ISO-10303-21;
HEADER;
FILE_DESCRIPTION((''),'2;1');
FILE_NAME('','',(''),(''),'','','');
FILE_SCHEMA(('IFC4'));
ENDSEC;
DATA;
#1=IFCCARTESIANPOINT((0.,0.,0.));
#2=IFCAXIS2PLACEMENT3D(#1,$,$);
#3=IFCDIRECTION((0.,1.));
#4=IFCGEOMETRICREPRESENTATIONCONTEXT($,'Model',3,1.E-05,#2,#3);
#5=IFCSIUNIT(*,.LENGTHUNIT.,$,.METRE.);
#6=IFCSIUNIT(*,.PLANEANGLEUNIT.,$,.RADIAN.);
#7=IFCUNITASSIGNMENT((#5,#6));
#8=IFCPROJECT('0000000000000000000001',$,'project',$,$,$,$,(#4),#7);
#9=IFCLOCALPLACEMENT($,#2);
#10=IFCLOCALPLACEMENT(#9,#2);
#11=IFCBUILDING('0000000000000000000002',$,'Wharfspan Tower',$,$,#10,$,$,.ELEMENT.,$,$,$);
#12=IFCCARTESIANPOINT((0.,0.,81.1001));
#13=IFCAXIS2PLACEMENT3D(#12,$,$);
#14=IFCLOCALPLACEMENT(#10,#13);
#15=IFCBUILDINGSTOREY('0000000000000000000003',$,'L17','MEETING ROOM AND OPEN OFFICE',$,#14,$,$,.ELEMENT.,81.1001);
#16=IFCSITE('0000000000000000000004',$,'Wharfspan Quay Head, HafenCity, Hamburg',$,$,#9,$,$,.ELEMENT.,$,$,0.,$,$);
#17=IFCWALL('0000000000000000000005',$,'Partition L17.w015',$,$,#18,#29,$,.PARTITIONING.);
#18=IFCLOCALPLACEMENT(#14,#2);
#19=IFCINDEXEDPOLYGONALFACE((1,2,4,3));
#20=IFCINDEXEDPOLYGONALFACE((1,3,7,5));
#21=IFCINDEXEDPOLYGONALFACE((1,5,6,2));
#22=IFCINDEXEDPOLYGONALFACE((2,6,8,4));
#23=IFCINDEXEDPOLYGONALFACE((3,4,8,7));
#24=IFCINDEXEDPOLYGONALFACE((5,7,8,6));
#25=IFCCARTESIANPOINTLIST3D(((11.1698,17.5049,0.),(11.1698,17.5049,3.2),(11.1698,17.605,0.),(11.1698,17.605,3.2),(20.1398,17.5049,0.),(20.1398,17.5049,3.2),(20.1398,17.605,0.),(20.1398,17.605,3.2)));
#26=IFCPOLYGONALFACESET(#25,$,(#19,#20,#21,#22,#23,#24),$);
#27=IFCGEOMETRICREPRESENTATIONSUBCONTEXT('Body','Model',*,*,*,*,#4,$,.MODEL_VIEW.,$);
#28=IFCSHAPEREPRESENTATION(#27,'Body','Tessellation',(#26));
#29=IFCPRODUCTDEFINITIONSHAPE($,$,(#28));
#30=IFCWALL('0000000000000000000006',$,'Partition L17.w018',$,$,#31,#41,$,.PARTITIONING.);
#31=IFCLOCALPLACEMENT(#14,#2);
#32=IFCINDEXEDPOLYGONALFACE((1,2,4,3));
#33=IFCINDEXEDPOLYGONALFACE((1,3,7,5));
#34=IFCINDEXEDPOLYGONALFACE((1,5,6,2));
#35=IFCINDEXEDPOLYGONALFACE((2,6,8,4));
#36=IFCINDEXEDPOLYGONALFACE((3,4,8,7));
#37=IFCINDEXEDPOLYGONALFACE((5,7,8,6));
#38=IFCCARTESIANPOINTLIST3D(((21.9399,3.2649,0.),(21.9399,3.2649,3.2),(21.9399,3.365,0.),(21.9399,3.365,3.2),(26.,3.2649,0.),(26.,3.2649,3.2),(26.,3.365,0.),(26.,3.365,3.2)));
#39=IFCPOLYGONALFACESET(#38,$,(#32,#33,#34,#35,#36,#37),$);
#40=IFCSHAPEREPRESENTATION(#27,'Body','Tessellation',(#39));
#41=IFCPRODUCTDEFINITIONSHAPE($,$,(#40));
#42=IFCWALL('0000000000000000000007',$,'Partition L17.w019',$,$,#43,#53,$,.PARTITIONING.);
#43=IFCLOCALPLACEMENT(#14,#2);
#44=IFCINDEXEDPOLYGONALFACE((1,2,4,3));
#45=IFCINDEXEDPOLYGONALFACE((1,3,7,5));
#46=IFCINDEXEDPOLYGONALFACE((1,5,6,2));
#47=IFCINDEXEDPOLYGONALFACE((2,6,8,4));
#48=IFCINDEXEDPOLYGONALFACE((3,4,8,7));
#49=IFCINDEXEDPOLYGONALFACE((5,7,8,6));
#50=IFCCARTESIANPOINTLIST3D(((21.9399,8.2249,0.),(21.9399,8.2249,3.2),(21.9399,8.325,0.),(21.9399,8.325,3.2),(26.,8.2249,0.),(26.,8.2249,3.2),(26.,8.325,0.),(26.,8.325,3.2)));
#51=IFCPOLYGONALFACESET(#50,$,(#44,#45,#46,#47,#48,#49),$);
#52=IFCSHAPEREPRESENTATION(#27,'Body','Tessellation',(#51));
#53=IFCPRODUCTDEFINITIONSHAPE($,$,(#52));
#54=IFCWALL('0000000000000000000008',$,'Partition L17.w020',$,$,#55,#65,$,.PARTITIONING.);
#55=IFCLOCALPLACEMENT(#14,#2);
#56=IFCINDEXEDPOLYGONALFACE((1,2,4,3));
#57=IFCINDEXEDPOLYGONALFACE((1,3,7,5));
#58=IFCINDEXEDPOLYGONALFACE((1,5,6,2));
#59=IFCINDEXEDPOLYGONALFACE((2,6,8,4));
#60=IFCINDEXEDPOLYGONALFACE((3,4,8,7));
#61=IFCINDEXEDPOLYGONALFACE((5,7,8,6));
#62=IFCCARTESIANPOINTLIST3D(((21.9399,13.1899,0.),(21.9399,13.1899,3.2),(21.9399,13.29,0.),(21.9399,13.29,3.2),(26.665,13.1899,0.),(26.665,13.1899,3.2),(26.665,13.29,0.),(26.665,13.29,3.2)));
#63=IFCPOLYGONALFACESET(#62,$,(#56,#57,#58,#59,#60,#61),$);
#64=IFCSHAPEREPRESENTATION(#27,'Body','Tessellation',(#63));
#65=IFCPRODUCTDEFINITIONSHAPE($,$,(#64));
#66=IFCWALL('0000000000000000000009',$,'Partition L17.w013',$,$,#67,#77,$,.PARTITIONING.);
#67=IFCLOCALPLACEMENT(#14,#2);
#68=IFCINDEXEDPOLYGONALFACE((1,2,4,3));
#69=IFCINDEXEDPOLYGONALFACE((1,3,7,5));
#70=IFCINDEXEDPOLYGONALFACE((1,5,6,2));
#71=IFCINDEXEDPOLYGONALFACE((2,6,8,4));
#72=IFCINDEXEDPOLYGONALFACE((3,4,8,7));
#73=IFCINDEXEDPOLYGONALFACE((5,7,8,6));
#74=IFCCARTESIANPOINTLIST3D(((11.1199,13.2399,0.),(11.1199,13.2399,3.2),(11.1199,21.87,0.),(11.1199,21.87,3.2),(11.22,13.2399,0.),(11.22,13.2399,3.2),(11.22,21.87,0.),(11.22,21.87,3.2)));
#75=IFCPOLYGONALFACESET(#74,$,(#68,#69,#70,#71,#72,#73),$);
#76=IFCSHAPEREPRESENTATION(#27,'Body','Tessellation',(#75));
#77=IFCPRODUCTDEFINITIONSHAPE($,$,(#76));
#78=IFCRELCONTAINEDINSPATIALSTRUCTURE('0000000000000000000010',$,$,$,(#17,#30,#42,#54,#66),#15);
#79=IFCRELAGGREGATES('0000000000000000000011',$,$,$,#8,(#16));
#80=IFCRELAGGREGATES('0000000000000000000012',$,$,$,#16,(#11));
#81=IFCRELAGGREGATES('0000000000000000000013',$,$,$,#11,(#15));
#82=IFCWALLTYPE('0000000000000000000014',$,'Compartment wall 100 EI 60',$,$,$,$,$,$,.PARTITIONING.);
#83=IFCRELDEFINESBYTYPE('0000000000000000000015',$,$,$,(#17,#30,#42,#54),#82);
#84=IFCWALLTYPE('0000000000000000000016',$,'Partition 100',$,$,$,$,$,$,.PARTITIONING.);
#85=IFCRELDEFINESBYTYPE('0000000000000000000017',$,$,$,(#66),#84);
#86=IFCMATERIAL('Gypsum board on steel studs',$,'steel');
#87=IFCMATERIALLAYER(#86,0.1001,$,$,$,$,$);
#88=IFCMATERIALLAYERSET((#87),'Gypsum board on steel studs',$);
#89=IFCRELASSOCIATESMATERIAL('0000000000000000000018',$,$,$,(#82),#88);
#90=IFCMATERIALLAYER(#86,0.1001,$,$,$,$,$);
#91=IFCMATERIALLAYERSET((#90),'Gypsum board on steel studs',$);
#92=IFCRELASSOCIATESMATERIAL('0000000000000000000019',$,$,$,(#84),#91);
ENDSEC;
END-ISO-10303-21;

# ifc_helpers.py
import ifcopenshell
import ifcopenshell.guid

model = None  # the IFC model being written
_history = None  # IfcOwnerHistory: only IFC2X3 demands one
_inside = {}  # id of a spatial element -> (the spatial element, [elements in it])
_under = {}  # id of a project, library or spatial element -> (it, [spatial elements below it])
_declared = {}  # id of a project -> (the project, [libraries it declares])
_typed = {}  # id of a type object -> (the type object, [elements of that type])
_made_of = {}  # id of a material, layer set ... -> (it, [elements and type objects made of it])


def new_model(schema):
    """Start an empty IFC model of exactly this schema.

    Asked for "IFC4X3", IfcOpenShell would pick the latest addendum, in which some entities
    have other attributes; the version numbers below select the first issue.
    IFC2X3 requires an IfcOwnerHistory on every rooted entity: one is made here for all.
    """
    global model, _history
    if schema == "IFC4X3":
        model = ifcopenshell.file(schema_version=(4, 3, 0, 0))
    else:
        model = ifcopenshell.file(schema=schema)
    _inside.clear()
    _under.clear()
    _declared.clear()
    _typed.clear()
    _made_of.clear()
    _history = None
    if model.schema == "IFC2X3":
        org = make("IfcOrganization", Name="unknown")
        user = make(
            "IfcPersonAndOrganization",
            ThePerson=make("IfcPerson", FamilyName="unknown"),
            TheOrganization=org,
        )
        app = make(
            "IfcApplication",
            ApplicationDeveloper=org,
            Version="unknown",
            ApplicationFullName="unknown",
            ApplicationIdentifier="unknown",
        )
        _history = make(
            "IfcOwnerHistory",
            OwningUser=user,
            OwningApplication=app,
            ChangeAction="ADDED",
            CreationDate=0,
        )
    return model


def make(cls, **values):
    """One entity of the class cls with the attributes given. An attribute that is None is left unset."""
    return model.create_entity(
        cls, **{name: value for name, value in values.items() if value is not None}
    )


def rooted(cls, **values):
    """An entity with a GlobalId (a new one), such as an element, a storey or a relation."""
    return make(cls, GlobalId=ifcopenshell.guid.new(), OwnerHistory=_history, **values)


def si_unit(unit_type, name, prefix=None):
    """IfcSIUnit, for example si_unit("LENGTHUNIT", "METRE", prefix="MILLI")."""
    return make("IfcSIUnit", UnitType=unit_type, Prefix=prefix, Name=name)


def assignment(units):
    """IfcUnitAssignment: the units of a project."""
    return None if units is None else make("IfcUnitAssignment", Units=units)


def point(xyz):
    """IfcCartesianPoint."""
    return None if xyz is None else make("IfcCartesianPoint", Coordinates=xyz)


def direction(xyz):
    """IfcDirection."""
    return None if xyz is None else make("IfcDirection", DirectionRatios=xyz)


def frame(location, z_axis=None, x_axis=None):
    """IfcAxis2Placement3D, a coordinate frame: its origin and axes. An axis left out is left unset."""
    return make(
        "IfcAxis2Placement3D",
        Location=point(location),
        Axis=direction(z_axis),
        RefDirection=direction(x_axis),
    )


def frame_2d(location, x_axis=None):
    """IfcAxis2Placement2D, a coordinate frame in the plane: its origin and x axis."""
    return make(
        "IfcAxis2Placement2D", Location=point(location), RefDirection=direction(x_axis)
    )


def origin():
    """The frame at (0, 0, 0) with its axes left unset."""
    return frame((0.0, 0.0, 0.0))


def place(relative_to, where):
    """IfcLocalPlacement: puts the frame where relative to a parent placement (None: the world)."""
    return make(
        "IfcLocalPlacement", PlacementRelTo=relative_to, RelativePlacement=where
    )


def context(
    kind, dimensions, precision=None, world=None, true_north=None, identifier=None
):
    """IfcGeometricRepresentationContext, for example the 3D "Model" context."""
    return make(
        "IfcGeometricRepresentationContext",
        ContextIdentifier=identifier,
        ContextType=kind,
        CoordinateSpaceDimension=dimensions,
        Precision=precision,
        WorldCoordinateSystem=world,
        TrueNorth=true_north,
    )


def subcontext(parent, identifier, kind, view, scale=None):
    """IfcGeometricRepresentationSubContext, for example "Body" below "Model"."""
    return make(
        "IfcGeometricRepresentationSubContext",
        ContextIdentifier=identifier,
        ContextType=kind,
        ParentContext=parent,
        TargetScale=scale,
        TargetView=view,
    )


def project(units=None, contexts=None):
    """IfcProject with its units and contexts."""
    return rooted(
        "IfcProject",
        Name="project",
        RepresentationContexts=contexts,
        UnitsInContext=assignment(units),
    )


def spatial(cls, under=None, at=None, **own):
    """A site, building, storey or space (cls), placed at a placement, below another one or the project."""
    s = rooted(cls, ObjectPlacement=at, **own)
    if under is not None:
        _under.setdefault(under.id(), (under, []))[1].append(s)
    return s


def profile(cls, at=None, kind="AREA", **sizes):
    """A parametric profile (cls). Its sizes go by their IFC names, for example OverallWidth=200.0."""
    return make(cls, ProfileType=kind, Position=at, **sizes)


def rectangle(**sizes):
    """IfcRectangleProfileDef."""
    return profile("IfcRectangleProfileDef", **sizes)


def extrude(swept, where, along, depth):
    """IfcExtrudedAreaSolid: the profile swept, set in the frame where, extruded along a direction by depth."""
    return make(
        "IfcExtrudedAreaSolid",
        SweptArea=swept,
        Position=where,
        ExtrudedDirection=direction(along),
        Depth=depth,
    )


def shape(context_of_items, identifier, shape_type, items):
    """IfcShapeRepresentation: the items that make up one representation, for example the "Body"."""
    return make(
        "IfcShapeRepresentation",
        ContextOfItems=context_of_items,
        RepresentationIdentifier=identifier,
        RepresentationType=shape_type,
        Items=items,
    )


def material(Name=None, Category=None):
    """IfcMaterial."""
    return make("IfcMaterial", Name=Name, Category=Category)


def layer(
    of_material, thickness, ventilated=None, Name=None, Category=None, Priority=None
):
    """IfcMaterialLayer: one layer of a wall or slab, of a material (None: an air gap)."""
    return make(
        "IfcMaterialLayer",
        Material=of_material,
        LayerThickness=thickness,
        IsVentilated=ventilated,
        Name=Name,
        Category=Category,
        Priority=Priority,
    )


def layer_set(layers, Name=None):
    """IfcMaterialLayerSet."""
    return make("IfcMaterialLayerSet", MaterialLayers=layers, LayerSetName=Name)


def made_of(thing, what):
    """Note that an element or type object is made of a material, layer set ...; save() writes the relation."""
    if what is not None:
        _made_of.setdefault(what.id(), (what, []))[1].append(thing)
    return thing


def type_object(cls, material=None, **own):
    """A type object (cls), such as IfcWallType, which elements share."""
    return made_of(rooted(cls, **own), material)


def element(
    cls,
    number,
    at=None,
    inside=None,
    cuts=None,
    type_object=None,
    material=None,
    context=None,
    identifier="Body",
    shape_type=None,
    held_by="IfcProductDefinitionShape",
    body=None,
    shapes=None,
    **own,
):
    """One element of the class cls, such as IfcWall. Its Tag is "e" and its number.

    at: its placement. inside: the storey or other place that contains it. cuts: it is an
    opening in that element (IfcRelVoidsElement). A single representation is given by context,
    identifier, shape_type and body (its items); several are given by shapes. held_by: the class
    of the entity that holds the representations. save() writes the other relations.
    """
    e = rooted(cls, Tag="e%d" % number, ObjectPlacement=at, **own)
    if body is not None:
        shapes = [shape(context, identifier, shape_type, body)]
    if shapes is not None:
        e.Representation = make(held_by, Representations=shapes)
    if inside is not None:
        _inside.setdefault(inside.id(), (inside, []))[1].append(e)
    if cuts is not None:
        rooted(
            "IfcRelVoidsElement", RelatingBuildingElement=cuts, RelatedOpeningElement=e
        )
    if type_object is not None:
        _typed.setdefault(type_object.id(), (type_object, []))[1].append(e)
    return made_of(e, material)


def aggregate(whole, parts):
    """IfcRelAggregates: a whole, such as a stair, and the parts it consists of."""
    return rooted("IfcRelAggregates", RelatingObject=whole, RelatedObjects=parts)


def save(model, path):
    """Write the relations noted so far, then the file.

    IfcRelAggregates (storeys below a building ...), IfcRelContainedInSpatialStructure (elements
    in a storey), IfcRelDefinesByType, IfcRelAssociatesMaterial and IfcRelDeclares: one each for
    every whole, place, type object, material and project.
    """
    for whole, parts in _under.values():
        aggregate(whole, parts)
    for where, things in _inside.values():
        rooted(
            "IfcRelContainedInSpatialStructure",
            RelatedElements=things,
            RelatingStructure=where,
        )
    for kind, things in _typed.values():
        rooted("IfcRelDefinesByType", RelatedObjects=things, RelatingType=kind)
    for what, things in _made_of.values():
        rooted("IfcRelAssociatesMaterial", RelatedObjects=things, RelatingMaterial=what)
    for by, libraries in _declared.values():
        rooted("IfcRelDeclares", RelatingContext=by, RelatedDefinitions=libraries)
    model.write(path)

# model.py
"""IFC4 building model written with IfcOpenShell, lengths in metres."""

from ifc_helpers import new_model, si_unit, direction, frame, frame_2d, origin, place, context, subcontext, project, spatial, rectangle, extrude, material, layer, layer_set, type_object, element, save


model = new_model("IFC4")

# Units and contexts
model_context = context("Model", 3, precision=1e-05, world=origin(), true_north=direction((0.0, 1.0)))
body_context = subcontext(model_context, "Body", "Model", "MODEL_VIEW")
ifc_project = project(units=[si_unit("LENGTHUNIT", "METRE"), si_unit("PLANEANGLEUNIT", "RADIAN")], contexts=[model_context])

# Site, building, storey
site_placement = place(None, origin())
site = spatial("IfcSite", under=ifc_project, at=site_placement, Name="Wharfspan Quay Head, HafenCity, Hamburg", CompositionType="ELEMENT", RefElevation=0.0)
building_placement = place(site_placement, origin())
building = spatial("IfcBuilding", under=site, at=building_placement, Name="Wharfspan Tower", CompositionType="ELEMENT")
storey_placement = place(building_placement, frame((0.0, 0.0, 81.1001)))
storey = spatial("IfcBuildingStorey", under=building, at=storey_placement, Name="L17", Description="MEETING ROOM AND OPEN OFFICE", CompositionType="ELEMENT", Elevation=81.1001)

# Walls
ifc_material_1 = material(Name="Gypsum board on steel studs", Category="steel")
ifc_layer_1 = layer(ifc_material_1, 0.1001)
ifc_layer_set_1 = layer_set([ifc_layer_1], Name="Gypsum board on steel studs")
wall_type_1 = type_object("IfcWallType", Name="Compartment wall 100 EI 60", PredefinedType="PARTITIONING", material=ifc_layer_set_1)
for number, where, z_axis, x_axis, name in (
    (1, (11.1699, 17.5549, 0.0), (0.0, 0.0, 1.0), (1.0, 0.0, 0.0), "Partition L17.w015"),
):
    element("IfcWall", number, at=place(storey_placement, frame(where, z_axis=z_axis, x_axis=x_axis)), inside=storey, type_object=wall_type_1, Name=name, PredefinedType="PARTITIONING", context=body_context, shape_type="SweptSolid", body=[
        extrude(rectangle(XDim=8.97, YDim=0.1001, at=frame_2d((4.4849, 0.0))), origin(), (0.0, 0.0, 1.0), 3.2),
    ])
for number, where, z_axis, x_axis, name in (
    (2, (21.9399, 3.3149, 0.0), (0.0, 0.0, 1.0), (1.0, 0.0, 0.0), "Partition L17.w018"),
    (3, (21.9399, 8.2749, 0.0), (0.0, 0.0, 1.0), (1.0, 0.0, 0.0), "Partition L17.w019"),
):
    element("IfcWall", number, at=place(storey_placement, frame(where, z_axis=z_axis, x_axis=x_axis)), inside=storey, type_object=wall_type_1, Name=name, PredefinedType="PARTITIONING", context=body_context, shape_type="SweptSolid", body=[
        extrude(rectangle(XDim=4.0601, YDim=0.1001, at=frame_2d((2.03, 0.0))), origin(), (0.0, 0.0, 1.0), 3.2),
    ])
wall_1_placement = place(storey_placement, frame((21.9399, 13.24, 0.0), z_axis=(0.0, 0.0, 1.0), x_axis=(1.0, 0.0, 0.0)))
element("IfcWall", 4, at=wall_1_placement, inside=storey, type_object=wall_type_1, Name="Partition L17.w020", PredefinedType="PARTITIONING", context=body_context, shape_type="SweptSolid", body=[
    extrude(rectangle(XDim=4.7251, YDim=0.1001, at=frame_2d((2.3625, 0.0))), origin(), (0.0, 0.0, 1.0), 3.2),
])
ifc_layer_2 = layer(ifc_material_1, 0.1001)
ifc_layer_set_2 = layer_set([ifc_layer_2], Name="Gypsum board on steel studs")
wall_type_2 = type_object("IfcWallType", Name="Partition 100", PredefinedType="PARTITIONING", material=ifc_layer_set_2)
wall_2_placement = place(storey_placement, frame((11.1699, 13.24, 0.0), z_axis=(0.0, 0.0, 1.0), x_axis=(0.0, 1.0, 0.0)))
element("IfcWall", 5, at=wall_2_placement, inside=storey, type_object=wall_type_2, Name="Partition L17.w013", PredefinedType="PARTITIONING", context=body_context, shape_type="SweptSolid", body=[
    extrude(rectangle(XDim=8.6301, YDim=0.1001, at=frame_2d((4.3149, 0.0))), origin(), (0.0, 0.0, 1.0), 3.2),
])

save(model, "model.ifc")
